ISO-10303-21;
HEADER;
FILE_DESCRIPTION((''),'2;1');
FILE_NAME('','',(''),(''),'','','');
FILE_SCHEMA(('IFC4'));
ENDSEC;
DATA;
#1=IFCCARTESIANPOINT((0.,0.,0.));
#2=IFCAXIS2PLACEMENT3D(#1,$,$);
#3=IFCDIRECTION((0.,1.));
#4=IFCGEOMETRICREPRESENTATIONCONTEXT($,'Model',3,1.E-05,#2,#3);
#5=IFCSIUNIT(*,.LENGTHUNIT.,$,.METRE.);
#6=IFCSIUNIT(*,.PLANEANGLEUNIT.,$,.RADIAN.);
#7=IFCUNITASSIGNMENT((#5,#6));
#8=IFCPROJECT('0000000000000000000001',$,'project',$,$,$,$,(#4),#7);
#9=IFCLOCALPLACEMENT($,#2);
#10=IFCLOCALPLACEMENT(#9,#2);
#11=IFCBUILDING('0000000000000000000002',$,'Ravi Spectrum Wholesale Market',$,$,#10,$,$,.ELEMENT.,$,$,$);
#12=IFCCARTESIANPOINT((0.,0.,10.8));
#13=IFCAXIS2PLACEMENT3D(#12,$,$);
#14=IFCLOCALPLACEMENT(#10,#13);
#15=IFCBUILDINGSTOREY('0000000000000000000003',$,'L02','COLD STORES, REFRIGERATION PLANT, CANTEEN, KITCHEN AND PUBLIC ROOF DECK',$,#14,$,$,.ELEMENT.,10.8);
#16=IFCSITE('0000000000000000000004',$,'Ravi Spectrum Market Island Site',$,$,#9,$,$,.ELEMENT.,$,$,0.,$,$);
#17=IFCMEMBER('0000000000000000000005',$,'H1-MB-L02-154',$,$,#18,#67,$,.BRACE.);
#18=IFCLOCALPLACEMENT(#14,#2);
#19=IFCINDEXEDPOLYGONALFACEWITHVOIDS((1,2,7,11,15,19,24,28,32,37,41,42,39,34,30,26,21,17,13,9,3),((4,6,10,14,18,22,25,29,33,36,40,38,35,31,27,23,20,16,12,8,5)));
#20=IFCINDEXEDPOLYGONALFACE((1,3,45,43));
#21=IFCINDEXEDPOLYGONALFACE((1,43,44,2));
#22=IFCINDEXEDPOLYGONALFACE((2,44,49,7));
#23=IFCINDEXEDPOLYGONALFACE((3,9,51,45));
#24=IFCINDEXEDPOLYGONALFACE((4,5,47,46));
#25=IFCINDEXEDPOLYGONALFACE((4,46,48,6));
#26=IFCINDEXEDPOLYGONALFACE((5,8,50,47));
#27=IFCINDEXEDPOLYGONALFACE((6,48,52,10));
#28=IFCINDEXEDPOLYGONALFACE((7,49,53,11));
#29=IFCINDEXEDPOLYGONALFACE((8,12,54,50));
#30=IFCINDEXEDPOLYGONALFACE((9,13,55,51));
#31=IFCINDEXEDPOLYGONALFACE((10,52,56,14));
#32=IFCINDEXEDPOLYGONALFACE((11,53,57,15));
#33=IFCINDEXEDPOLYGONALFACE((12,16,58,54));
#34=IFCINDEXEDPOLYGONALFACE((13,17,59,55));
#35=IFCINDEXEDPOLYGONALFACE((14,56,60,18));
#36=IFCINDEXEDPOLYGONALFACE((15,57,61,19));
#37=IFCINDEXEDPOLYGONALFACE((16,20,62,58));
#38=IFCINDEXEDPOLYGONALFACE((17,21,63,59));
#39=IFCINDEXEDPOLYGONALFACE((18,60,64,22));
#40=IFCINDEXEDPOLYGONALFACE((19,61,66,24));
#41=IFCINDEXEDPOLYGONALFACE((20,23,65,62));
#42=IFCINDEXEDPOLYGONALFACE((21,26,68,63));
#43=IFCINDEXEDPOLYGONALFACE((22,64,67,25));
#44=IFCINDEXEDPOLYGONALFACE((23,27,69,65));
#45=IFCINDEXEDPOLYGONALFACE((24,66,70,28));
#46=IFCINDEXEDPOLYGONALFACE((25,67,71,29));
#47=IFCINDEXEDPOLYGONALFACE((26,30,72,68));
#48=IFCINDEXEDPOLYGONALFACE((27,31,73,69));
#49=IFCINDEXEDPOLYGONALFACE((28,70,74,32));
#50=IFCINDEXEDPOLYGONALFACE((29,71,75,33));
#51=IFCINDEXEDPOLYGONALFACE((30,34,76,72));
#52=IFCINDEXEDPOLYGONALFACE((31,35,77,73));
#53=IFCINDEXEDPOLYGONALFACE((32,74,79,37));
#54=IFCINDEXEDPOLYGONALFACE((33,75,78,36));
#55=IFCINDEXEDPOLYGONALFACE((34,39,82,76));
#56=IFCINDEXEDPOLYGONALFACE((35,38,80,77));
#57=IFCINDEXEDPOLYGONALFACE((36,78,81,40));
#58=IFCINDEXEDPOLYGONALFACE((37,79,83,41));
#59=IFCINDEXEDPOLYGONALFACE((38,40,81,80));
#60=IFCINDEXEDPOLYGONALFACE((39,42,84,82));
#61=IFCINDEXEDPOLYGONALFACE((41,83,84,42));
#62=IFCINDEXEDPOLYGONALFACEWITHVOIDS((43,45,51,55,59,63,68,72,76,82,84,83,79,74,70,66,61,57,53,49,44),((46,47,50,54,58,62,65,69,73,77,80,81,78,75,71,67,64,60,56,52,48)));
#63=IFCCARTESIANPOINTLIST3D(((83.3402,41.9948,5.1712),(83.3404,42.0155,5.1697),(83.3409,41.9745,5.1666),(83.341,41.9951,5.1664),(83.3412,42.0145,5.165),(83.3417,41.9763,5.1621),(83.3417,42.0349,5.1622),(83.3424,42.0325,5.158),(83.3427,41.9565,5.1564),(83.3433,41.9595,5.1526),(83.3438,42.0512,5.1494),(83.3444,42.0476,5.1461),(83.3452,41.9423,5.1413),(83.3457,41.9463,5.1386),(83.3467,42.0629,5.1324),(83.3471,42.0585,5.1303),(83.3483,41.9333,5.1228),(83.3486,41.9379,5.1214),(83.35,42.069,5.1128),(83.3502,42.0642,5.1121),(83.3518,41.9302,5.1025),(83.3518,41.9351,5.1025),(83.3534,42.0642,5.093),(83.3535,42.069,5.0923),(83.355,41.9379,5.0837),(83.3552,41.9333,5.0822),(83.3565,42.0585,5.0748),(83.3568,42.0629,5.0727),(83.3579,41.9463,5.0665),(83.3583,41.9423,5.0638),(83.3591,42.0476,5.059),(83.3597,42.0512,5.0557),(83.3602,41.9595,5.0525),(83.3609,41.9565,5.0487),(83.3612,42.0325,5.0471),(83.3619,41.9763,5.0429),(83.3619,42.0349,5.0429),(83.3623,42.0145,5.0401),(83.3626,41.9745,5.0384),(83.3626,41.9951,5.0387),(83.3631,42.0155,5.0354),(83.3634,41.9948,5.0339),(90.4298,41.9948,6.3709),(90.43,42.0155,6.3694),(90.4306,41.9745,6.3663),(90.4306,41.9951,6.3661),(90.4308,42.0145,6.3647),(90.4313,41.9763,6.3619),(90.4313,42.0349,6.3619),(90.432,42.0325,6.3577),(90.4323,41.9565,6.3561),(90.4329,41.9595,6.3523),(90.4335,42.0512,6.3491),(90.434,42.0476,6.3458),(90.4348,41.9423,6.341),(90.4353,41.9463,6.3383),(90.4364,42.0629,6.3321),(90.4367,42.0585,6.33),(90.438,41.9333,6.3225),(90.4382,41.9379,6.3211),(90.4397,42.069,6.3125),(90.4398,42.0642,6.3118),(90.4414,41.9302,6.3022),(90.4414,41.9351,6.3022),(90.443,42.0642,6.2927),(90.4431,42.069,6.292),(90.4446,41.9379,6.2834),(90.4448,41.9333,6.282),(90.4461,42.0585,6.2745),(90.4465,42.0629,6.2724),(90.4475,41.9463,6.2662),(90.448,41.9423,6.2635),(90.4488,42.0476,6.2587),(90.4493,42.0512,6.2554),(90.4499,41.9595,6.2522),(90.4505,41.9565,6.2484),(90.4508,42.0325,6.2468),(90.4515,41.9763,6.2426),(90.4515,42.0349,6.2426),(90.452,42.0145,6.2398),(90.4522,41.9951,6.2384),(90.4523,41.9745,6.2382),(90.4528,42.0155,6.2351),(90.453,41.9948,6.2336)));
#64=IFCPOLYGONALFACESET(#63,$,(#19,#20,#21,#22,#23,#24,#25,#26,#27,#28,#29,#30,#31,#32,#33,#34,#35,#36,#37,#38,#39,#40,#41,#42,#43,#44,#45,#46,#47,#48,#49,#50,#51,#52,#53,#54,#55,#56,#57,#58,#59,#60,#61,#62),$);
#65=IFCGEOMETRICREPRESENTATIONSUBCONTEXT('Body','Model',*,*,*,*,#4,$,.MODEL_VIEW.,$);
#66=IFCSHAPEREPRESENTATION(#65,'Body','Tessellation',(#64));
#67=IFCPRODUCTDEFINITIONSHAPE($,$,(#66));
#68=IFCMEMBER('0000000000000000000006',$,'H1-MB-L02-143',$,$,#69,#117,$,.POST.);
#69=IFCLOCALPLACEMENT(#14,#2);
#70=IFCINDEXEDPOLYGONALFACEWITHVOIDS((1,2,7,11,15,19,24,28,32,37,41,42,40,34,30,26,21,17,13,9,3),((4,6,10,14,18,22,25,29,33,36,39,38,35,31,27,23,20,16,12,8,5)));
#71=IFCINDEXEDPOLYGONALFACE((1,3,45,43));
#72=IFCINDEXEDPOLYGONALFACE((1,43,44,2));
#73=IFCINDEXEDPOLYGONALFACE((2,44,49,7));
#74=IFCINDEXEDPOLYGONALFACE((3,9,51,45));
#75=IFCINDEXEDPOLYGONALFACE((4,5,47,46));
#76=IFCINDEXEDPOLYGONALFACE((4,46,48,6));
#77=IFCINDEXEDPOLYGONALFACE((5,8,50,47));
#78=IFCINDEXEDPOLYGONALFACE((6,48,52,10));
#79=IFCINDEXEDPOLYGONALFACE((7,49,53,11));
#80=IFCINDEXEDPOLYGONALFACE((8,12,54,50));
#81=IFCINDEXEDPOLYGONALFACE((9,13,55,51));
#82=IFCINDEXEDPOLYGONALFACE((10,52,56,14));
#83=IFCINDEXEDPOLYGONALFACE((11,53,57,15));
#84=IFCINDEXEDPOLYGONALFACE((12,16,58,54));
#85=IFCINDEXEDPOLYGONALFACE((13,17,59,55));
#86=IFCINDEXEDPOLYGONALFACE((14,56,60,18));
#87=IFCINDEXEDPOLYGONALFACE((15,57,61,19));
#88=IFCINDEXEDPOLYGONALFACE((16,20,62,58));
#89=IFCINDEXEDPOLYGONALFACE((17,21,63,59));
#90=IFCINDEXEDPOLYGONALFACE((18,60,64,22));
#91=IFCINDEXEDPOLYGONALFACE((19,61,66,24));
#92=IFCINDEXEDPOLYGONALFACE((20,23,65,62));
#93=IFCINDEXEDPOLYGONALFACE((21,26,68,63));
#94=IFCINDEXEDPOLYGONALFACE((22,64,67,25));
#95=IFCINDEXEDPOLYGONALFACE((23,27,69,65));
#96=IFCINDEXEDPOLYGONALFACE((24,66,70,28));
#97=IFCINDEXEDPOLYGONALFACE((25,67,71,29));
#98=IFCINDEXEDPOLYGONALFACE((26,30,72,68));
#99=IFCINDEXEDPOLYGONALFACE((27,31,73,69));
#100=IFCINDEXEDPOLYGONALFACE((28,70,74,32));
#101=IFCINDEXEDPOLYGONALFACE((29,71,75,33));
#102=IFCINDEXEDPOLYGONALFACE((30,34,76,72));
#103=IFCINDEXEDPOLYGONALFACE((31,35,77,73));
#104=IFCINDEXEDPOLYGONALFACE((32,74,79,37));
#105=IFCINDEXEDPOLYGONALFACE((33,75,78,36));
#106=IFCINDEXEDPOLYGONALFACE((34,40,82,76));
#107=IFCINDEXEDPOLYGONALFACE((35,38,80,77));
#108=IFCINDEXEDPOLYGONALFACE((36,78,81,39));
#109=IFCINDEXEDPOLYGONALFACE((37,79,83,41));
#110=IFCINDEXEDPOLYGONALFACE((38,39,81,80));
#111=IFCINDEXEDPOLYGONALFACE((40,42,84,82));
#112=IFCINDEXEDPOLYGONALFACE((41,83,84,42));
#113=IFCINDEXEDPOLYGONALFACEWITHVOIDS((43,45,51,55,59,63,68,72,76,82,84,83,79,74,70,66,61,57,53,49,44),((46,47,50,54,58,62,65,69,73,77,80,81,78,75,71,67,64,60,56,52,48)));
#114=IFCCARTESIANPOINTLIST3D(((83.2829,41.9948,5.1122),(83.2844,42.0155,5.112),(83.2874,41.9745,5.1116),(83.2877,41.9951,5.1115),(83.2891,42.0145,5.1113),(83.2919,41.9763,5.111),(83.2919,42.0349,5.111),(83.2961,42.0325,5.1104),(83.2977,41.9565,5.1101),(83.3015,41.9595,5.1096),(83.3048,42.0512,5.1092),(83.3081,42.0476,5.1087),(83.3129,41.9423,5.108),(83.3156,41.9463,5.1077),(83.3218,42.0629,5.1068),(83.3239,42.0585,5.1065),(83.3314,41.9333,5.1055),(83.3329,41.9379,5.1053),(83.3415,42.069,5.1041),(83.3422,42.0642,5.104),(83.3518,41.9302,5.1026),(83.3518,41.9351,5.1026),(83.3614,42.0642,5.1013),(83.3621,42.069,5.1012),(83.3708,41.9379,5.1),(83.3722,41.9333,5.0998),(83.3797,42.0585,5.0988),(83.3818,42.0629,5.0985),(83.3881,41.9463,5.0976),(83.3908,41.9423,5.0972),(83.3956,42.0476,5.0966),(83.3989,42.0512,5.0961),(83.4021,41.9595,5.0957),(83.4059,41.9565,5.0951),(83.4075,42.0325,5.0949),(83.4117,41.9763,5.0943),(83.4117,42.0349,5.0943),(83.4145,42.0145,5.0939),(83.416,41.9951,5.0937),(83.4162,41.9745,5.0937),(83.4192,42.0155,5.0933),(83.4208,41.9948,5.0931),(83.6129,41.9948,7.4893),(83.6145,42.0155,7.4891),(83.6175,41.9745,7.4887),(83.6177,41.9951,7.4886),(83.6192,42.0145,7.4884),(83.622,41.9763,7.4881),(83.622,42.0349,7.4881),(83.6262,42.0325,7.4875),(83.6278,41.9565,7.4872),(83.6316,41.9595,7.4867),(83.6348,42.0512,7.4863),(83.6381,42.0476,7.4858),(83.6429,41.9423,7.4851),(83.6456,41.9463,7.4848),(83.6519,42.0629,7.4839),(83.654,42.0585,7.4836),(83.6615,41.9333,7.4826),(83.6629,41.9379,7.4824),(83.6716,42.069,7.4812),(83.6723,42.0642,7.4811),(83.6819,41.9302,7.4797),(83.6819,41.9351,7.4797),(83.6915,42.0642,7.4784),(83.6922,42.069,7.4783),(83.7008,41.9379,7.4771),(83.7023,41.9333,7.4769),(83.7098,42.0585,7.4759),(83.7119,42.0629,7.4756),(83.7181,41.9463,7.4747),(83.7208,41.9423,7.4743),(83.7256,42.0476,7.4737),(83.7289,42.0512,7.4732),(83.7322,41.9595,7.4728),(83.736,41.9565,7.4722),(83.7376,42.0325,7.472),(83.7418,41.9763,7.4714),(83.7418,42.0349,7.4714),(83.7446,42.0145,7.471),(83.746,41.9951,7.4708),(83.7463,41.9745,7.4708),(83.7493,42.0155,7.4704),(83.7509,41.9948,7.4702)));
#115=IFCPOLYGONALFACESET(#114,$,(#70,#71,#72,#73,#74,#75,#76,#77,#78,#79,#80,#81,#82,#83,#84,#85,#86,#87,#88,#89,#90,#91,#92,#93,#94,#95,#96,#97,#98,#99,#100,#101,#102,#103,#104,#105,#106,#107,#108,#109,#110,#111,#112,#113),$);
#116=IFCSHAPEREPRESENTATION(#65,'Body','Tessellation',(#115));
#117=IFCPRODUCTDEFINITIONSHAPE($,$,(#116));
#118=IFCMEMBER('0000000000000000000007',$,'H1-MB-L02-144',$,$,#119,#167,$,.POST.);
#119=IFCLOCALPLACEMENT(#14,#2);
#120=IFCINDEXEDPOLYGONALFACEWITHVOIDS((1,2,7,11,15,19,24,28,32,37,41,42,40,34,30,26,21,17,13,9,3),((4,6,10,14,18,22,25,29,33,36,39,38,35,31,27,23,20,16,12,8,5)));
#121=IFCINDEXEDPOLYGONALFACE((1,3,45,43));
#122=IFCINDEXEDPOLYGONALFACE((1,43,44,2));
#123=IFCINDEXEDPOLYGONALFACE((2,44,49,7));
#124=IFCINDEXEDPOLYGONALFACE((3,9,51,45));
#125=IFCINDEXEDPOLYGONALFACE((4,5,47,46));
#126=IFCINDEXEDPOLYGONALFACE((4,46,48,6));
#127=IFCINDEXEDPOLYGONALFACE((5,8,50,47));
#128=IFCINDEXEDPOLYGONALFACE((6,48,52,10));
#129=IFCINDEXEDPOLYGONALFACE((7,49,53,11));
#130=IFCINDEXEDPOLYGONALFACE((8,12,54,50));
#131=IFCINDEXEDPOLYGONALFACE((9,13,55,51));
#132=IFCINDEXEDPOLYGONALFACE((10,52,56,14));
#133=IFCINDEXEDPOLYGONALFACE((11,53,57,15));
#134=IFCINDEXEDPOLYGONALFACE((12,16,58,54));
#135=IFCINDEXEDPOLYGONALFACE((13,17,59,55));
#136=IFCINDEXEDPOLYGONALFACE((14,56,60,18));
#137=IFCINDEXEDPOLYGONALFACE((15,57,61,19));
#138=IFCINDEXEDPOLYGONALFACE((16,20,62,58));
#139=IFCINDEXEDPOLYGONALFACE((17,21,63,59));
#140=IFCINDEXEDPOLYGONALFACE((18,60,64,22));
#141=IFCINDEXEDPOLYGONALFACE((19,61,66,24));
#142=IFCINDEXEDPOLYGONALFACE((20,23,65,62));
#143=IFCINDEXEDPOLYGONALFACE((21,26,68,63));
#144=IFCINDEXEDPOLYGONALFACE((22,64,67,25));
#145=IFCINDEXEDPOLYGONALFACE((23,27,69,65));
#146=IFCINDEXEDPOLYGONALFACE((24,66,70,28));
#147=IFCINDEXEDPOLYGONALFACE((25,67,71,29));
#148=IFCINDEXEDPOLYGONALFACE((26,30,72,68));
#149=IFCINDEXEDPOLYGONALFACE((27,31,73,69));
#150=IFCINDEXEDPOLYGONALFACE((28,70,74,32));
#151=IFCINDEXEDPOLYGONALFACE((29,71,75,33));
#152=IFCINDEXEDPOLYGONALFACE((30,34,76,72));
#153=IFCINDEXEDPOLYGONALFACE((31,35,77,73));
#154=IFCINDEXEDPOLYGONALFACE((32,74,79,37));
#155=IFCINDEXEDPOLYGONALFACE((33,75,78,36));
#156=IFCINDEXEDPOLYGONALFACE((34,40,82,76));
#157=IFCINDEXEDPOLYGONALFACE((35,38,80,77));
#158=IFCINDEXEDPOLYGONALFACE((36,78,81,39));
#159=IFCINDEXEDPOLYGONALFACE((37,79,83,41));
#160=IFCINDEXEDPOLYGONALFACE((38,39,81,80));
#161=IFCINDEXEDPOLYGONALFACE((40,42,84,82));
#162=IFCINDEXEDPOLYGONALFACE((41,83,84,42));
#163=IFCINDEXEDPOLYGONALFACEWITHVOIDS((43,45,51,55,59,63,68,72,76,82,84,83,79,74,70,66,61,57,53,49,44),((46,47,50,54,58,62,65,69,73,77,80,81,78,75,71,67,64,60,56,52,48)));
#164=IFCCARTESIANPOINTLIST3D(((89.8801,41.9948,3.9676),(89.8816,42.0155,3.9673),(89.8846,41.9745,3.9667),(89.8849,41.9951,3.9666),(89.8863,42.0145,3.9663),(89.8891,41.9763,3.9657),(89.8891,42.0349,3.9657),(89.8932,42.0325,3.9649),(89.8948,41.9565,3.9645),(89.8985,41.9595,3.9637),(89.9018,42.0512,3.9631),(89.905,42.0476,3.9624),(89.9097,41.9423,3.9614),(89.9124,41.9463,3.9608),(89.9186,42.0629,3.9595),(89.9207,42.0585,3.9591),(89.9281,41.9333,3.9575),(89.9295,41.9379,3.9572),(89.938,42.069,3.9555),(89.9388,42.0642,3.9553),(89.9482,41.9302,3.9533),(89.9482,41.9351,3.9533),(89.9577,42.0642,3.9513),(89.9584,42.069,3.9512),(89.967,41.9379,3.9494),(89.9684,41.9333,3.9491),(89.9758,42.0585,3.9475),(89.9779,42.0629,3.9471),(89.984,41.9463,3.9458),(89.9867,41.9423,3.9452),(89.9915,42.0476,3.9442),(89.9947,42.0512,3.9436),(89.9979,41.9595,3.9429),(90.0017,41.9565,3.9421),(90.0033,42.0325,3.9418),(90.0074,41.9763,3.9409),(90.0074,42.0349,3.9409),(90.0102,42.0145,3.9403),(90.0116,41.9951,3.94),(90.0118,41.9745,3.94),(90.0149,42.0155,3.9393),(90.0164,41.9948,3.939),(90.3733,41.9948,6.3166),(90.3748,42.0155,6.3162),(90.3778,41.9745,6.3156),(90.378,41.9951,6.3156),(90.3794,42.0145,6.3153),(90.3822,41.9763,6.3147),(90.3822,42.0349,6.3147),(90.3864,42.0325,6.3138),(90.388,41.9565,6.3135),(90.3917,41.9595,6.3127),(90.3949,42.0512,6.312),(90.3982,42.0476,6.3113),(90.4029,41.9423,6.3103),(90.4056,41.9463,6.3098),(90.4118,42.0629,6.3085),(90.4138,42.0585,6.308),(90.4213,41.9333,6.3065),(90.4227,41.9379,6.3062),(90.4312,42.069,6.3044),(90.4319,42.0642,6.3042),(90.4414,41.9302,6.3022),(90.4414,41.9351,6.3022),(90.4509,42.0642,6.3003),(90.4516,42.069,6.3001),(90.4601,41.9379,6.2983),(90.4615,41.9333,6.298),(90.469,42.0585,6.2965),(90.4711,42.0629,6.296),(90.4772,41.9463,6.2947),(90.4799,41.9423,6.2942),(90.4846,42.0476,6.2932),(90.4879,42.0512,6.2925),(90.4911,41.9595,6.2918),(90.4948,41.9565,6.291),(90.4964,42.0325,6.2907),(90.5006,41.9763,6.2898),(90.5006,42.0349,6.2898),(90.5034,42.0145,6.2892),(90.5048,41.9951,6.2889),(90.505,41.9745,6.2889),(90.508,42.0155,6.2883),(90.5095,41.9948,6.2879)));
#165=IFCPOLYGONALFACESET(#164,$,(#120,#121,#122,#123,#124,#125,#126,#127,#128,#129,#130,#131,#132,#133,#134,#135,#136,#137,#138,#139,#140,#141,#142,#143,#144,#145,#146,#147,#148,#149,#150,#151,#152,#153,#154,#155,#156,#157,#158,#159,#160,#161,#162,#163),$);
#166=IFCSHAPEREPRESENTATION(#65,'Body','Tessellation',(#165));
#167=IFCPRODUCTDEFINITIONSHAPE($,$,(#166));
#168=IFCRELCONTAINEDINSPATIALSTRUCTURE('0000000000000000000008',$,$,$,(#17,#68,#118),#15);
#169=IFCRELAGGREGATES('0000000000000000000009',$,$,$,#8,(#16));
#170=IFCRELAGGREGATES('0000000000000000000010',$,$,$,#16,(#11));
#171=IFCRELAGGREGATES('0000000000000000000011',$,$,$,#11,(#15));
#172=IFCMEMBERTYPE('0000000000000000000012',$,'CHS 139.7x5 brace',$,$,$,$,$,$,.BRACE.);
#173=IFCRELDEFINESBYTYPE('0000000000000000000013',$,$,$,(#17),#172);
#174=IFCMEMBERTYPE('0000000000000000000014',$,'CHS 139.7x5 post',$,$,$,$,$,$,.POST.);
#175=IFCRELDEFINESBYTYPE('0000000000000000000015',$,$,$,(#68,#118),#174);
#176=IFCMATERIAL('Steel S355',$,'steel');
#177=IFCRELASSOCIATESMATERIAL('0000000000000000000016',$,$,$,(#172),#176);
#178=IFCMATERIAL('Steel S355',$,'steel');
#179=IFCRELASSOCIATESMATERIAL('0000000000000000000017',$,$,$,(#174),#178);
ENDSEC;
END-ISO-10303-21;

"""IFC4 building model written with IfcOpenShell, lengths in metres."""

from ifc_helpers import new_model, si_unit, direction, frame, origin, origin_2d, place, context, subcontext, project, spatial, hollow_circle, extrude, material, material_profile, profile_set, type_object, element, save


model = new_model("IFC4")

# Units and contexts
model_context = context("Model", 3, precision=1e-05, world=origin(), true_north=direction((0.0, 1.0)))
body_context = subcontext(model_context, "Body", "Model", "MODEL_VIEW")
ifc_project = project(units=[si_unit("LENGTHUNIT", "METRE"), si_unit("PLANEANGLEUNIT", "RADIAN")], contexts=[model_context])

# Site, building, storey
site_placement = place(None, origin())
site = spatial("IfcSite", under=ifc_project, at=site_placement, Name="Ravi Spectrum Market Island Site", CompositionType="ELEMENT", RefElevation=0.0)
building_placement = place(site_placement, origin())
building = spatial("IfcBuilding", under=site, at=building_placement, Name="Ravi Spectrum Wholesale Market", CompositionType="ELEMENT")
storey_placement = place(building_placement, frame((0.0, 0.0, 10.8)))
storey = spatial("IfcBuildingStorey", under=building, at=storey_placement, Name="L02", Description="COLD STORES, REFRIGERATION PLANT, CANTEEN, KITCHEN AND PUBLIC ROOF DECK", CompositionType="ELEMENT", Elevation=10.8)

# Members
ifc_material_1 = material(Name="Steel S355", Category="steel")
ifc_material_profile_1 = material_profile(ifc_material_1, hollow_circle(Radius=0.0698, WallThickness=0.0049, at=origin_2d()))
ifc_profile_set_1 = profile_set([ifc_material_profile_1], Name="Steel S355")
member_type_1 = type_object("IfcMemberType", Name="CHS 139.7x5 brace", PredefinedType="BRACE", material=ifc_profile_set_1)
member_1_placement = place(storey_placement, frame((90.4414, 42.0, 6.3022), z_axis=(-0.985983, 0.0, -0.166849), x_axis=(0.0, -1.0, 0.0)))
element("IfcMember", 1, at=member_1_placement, inside=storey, type_object=member_type_1, Name="H1-MB-L02-154", PredefinedType="BRACE", context=body_context, shape_type="SweptSolid", body=[
    extrude(hollow_circle(Radius=0.0698, WallThickness=0.0049, at=origin_2d()), origin(), (0.0, 0.0, 1.0), 7.1904),
])
ifc_material_2 = material(Name="Steel S355", Category="steel")
ifc_material_profile_2 = material_profile(ifc_material_2, hollow_circle(Radius=0.0698, WallThickness=0.0049, at=origin_2d()))
ifc_profile_set_2 = profile_set([ifc_material_profile_2], Name="Steel S355")
member_type_2 = type_object("IfcMemberType", Name="CHS 139.7x5 post", PredefinedType="POST", material=ifc_profile_set_2)
member_2_placement = place(storey_placement, frame((83.6819, 42.0, 7.4797), z_axis=(-0.137532, 0.0, -0.990497), x_axis=(0.0, -1.0, 0.0)))
element("IfcMember", 2, at=member_2_placement, inside=storey, type_object=member_type_2, Name="H1-MB-L02-143", PredefinedType="POST", context=body_context, shape_type="SweptSolid", body=[
    extrude(hollow_circle(Radius=0.0698, WallThickness=0.0049, at=origin_2d()), origin(), (0.0, 0.0, 1.0), 2.3999),
])
member_3_placement = place(storey_placement, frame((90.4414, 42.0, 6.3022), z_axis=(-0.205477, 0.0, -0.978662), x_axis=(0.0, -1.0, 0.0)))
element("IfcMember", 3, at=member_3_placement, inside=storey, type_object=member_type_2, Name="H1-MB-L02-144", PredefinedType="POST", context=body_context, shape_type="SweptSolid", body=[
    extrude(hollow_circle(Radius=0.0698, WallThickness=0.0049, at=origin_2d()), origin(), (0.0, 0.0, 1.0), 2.4001),
])

save(model, "model.ifc")
